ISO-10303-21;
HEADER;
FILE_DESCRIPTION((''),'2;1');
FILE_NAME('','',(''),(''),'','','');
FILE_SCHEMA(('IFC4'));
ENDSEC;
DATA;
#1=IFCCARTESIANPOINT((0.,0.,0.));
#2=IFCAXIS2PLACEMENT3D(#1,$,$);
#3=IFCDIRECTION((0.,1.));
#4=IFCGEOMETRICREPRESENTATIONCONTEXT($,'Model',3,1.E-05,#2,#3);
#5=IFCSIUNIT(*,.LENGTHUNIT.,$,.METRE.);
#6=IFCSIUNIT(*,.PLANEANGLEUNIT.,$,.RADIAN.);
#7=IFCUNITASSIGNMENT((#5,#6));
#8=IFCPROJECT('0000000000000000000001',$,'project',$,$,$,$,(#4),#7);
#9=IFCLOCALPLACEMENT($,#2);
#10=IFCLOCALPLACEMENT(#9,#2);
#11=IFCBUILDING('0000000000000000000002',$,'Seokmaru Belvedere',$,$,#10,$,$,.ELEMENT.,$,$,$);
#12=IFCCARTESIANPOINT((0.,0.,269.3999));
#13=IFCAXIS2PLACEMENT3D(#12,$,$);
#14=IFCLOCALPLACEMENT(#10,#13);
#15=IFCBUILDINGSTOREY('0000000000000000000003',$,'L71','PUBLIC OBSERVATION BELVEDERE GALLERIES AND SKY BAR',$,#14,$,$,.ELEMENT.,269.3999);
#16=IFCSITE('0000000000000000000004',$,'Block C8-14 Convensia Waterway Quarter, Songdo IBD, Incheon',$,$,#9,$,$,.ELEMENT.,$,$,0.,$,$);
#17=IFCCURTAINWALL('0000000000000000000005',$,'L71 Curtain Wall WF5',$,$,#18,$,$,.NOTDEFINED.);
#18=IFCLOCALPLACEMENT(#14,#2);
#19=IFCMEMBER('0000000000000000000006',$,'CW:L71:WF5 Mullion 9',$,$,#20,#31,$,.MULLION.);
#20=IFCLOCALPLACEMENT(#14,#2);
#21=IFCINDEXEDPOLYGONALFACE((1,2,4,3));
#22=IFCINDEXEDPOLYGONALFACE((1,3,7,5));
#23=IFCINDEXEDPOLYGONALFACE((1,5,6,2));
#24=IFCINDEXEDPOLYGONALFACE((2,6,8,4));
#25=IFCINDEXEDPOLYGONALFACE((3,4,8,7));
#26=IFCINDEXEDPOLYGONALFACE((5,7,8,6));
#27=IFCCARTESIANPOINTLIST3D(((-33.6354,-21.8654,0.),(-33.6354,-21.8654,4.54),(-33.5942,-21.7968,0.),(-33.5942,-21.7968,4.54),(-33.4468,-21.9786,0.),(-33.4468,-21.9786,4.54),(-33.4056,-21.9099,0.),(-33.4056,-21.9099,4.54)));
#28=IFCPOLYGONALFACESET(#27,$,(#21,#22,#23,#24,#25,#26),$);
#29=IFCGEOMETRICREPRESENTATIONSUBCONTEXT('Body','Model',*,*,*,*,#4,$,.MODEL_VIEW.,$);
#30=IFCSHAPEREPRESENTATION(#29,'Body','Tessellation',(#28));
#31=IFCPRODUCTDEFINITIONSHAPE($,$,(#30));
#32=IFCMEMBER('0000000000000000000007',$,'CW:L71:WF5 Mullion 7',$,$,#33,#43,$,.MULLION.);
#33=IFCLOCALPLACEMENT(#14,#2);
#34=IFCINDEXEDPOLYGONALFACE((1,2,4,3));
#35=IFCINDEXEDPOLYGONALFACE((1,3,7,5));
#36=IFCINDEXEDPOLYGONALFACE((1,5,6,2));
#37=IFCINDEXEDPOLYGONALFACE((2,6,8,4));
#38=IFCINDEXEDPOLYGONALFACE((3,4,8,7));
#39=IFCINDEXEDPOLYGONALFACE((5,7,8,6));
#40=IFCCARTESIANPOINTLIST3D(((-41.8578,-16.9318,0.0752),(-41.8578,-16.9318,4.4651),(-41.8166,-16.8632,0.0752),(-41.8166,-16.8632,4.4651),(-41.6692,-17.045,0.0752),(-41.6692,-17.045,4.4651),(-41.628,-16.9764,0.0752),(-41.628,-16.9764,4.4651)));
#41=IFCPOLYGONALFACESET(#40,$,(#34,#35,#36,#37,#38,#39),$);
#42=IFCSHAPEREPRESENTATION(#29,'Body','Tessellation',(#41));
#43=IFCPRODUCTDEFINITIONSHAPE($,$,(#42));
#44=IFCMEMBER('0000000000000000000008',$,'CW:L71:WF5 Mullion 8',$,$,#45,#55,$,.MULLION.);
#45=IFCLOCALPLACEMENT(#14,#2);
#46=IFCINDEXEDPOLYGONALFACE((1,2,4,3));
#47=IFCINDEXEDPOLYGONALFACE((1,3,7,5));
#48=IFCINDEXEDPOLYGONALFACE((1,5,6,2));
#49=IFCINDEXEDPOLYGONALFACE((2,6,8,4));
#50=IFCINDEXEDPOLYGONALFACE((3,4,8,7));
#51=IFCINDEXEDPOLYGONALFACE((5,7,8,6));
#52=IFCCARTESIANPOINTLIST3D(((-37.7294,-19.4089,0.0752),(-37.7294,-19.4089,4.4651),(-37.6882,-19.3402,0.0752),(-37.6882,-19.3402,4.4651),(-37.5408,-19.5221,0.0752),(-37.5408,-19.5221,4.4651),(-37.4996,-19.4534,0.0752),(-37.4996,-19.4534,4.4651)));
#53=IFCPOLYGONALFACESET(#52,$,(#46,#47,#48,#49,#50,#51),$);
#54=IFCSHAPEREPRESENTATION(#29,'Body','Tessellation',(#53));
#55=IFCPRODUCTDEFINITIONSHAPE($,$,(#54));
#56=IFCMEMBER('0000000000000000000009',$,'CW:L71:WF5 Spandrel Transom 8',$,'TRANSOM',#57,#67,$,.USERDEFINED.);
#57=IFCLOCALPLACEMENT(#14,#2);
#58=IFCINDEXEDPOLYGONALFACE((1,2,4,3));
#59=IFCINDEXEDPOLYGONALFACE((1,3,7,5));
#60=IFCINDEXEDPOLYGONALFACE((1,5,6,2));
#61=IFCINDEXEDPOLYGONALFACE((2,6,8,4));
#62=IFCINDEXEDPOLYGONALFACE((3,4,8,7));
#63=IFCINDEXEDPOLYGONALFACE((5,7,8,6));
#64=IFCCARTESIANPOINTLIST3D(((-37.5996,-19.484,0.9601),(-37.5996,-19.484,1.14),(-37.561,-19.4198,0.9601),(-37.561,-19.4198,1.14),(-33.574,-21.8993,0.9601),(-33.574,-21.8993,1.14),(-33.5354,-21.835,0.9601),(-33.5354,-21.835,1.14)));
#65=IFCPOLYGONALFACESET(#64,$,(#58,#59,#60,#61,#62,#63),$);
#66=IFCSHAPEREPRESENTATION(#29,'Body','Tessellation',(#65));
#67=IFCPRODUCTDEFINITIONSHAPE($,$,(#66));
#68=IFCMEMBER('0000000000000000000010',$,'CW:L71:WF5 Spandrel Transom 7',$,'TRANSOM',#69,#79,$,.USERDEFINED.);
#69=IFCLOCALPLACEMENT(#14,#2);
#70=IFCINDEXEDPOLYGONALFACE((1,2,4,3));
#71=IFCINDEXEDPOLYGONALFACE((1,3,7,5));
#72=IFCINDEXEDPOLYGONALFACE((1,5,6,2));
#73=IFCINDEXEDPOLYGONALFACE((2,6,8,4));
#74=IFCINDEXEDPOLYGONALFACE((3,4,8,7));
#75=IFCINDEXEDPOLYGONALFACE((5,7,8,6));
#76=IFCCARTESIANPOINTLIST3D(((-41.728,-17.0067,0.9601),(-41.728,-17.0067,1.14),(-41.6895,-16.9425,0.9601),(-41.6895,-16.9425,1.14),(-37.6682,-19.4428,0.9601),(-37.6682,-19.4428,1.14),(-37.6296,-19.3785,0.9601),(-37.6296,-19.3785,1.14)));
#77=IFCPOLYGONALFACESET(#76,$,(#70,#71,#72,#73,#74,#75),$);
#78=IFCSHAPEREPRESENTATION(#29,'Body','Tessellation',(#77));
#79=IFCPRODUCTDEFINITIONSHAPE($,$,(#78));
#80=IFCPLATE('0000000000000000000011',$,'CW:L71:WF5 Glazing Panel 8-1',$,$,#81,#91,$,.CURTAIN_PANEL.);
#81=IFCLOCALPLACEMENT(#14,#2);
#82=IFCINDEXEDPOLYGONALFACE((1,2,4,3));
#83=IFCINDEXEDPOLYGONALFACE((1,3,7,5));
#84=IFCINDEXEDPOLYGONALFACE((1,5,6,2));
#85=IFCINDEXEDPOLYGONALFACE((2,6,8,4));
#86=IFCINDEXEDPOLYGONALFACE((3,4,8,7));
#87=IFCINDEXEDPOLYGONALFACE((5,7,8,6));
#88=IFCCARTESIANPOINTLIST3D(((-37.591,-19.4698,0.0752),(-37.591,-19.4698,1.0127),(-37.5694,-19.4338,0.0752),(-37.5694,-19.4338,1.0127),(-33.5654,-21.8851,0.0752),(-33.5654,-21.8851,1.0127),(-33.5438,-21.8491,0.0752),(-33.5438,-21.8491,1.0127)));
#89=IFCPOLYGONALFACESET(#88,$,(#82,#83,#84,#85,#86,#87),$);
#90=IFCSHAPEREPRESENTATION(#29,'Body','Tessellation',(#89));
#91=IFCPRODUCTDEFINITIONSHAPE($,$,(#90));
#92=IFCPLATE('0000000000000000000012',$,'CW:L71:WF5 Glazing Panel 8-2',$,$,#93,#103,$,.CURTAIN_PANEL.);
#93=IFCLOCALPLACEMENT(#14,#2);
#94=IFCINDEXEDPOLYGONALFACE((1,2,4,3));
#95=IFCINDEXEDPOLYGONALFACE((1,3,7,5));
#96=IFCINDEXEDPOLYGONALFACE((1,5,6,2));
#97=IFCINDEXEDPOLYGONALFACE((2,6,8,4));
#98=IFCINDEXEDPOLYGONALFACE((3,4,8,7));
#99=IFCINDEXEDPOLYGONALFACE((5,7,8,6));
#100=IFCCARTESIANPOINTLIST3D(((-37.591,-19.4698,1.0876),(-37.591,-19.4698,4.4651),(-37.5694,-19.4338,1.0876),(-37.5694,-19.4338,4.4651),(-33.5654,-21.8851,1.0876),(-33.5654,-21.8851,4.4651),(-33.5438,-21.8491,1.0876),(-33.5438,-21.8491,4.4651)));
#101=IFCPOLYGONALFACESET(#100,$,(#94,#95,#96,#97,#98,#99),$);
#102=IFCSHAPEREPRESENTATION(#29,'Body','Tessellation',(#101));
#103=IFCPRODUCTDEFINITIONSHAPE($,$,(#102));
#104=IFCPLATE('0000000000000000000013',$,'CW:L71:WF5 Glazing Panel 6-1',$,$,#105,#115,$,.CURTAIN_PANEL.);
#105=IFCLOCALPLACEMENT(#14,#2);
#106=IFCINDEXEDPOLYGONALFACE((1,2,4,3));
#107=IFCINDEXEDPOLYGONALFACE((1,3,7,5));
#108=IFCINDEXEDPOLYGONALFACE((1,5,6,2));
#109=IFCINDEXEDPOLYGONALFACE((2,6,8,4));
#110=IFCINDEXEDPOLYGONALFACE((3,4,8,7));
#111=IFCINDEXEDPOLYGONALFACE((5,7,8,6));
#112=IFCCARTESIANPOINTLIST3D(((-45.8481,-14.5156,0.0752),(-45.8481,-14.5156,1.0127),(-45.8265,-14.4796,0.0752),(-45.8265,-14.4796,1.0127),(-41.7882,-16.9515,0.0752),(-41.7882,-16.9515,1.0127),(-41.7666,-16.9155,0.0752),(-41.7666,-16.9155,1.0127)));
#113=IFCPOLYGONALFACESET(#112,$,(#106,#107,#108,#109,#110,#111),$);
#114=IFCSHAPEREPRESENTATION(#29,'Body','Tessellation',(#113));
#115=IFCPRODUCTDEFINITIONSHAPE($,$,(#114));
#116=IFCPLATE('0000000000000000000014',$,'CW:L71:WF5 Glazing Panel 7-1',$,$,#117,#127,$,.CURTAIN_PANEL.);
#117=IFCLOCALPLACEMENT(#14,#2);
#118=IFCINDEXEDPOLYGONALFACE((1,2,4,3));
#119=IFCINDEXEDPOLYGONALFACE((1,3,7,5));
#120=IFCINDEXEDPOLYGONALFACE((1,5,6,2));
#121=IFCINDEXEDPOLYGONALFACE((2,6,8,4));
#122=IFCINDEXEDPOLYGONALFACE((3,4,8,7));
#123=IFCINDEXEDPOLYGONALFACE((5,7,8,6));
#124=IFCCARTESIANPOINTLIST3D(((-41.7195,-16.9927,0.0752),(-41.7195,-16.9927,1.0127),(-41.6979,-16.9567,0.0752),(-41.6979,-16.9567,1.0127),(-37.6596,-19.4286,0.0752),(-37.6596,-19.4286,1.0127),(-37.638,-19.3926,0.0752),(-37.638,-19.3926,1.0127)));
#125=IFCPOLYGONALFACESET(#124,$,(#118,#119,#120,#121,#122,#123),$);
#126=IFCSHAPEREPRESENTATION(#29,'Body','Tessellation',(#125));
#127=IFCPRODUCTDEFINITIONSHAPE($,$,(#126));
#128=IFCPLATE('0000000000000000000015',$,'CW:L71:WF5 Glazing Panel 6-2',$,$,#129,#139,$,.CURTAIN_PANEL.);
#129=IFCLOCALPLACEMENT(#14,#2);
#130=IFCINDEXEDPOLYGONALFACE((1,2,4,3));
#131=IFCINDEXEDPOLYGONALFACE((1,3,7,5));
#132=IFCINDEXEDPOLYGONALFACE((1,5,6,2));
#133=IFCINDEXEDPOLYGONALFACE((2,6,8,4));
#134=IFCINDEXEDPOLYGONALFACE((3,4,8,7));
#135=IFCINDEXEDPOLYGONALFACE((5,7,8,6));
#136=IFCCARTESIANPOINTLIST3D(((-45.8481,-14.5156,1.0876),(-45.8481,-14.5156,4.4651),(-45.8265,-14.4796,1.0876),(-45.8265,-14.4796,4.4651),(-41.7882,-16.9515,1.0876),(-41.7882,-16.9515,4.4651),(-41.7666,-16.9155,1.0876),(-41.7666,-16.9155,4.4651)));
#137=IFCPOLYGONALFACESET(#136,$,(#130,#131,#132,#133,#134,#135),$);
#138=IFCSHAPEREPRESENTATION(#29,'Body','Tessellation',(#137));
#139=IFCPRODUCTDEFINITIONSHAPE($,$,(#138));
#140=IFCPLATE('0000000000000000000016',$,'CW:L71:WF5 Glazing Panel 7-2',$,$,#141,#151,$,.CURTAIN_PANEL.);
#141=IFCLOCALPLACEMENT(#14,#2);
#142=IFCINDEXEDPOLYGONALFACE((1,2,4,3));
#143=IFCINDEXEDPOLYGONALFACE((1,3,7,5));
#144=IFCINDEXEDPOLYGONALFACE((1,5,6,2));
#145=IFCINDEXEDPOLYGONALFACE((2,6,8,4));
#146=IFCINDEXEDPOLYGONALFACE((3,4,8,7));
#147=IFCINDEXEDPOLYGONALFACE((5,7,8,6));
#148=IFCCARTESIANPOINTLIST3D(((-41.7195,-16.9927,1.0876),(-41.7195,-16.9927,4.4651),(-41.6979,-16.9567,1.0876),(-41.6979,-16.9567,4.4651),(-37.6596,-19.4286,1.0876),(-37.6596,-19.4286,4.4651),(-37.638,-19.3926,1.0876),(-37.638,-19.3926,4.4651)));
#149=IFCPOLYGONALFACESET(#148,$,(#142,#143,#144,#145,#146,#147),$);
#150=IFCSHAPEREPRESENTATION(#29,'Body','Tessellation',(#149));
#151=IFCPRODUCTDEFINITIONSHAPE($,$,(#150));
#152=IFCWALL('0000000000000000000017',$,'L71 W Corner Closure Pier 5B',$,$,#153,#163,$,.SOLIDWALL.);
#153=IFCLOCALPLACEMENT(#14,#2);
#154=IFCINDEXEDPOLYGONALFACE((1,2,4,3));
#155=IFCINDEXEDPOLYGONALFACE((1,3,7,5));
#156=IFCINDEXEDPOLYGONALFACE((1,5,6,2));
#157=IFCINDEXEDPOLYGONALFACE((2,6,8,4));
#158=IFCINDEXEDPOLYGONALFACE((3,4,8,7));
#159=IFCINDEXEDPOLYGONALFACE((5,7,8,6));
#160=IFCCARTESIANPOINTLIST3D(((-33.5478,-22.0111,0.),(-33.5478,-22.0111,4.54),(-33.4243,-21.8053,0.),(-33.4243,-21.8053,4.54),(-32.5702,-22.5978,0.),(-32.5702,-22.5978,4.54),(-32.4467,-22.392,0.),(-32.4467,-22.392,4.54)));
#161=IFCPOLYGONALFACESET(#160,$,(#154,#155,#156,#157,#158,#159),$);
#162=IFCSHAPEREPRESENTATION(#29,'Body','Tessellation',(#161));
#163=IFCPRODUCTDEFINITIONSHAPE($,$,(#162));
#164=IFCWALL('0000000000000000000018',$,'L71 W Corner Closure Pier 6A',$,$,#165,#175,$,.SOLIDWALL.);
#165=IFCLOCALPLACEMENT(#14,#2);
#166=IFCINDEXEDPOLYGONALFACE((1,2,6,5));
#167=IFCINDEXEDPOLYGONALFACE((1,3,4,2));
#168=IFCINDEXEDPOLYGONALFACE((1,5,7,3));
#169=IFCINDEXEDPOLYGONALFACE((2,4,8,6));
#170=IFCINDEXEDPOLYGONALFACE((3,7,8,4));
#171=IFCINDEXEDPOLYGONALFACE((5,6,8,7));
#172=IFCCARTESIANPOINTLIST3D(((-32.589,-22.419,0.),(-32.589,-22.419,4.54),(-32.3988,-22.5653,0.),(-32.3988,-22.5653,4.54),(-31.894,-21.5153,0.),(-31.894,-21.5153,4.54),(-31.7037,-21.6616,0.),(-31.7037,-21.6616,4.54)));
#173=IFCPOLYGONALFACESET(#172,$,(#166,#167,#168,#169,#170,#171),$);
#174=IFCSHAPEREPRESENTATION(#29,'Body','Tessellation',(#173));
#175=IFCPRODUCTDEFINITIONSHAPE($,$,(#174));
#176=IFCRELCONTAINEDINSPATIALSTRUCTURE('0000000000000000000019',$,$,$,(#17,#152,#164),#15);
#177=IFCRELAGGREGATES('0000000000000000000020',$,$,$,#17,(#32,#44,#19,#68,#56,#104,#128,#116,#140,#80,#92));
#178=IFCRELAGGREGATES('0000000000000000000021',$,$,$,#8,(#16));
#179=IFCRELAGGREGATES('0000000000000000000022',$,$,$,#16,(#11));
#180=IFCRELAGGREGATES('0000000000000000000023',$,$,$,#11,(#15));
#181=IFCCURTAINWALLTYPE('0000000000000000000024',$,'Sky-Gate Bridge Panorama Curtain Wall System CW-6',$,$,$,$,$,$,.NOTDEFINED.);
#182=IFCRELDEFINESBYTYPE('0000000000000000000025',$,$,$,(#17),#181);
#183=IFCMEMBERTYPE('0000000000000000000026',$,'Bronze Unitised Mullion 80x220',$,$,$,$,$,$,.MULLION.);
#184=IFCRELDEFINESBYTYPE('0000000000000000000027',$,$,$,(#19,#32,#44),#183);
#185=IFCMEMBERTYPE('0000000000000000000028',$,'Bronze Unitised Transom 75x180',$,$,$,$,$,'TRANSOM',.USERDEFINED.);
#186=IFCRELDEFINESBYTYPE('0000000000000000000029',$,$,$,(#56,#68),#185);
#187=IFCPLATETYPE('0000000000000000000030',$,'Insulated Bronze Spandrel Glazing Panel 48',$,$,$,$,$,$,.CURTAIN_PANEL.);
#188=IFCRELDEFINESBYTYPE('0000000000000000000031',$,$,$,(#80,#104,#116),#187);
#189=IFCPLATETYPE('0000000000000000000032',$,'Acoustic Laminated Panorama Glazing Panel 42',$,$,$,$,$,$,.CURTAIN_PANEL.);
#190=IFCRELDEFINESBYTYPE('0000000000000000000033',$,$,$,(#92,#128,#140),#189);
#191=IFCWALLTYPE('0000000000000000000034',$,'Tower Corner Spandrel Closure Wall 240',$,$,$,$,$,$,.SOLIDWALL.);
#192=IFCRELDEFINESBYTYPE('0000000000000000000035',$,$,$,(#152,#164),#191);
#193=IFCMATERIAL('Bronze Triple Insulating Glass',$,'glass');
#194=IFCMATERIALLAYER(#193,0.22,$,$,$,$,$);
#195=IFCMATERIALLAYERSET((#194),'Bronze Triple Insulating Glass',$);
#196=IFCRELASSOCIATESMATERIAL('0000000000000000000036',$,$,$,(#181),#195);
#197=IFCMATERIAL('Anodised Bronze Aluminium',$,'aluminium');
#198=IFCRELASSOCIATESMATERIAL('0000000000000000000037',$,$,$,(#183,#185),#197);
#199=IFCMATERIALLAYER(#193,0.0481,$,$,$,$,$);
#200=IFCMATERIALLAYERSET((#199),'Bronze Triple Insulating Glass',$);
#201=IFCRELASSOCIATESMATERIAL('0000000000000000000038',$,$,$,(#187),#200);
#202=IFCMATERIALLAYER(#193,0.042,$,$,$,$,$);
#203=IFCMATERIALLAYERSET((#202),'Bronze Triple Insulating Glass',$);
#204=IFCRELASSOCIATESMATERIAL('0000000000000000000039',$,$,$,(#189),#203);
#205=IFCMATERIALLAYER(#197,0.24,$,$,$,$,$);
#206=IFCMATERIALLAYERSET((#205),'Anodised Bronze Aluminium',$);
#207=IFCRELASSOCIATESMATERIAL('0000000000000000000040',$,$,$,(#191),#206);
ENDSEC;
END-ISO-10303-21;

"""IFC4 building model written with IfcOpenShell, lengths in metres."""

from ifc_helpers import new_model, si_unit, direction, frame, frame_2d, origin, origin_2d, place, context, subcontext, project, spatial, rectangle, extrude, source, transform, mapped, material, layer, layer_set, material_profile, profile_set, type_object, type_shapes, element, aggregate, save


model = new_model("IFC4")

# Units and contexts
model_context = context("Model", 3, precision=1e-05, world=origin(), true_north=direction((0.0, 1.0)))
body_context = subcontext(model_context, "Body", "Model", "MODEL_VIEW")
ifc_project = project(units=[si_unit("LENGTHUNIT", "METRE"), si_unit("PLANEANGLEUNIT", "RADIAN")], contexts=[model_context])

# Site, building, storey
site_placement = place(None, origin())
site = spatial("IfcSite", under=ifc_project, at=site_placement, Name="Block C8-14 Convensia Waterway Quarter, Songdo IBD, Incheon", CompositionType="ELEMENT", RefElevation=0.0)
building_placement = place(site_placement, origin())
building = spatial("IfcBuilding", under=site, at=building_placement, Name="Seokmaru Belvedere", CompositionType="ELEMENT")
storey_placement = place(building_placement, frame((0.0, 0.0, 269.3999)))
storey = spatial("IfcBuildingStorey", under=building, at=storey_placement, Name="L71", Description="PUBLIC OBSERVATION BELVEDERE GALLERIES AND SKY BAR", CompositionType="ELEMENT", Elevation=269.3999)

# Curtain wall, members, plates
ifc_material_1 = material(Name="Bronze Triple Insulating Glass", Category="glass")
ifc_layer_1 = layer(ifc_material_1, 0.22)
ifc_layer_set_1 = layer_set([ifc_layer_1], Name="Bronze Triple Insulating Glass")
curtain_wall_type = type_object("IfcCurtainWallType", Name="Sky-Gate Bridge Panorama Curtain Wall System CW-6", PredefinedType="NOTDEFINED", material=ifc_layer_set_1)
curtain_wall_placement = place(storey_placement, origin())
curtain_wall = element("IfcCurtainWall", 1, at=curtain_wall_placement, inside=storey, type_object=curtain_wall_type, Name="L71 Curtain Wall WF5", PredefinedType="NOTDEFINED")
ifc_material_2 = material(Name="Anodised Bronze Aluminium", Category="aluminium")
ifc_material_profile_1 = material_profile(ifc_material_2, rectangle(XDim=0.0801, YDim=0.22, at=origin_2d()), Name="CW-M-80x220")
ifc_profile_set_1 = profile_set([ifc_material_profile_1], Name="Anodised Bronze Aluminium")
member_type_1 = type_object("IfcMemberType", Name="Bronze Unitised Mullion 80x220", PredefinedType="MULLION", material=ifc_profile_set_1)
shared_shape_1 = source(origin(), body_context, "Body", "SweptSolid", [
    extrude(rectangle(XDim=0.0801, YDim=0.22, at=origin_2d()), origin(), (0.0, 0.0, 1.0), 4.54),
])
member_1_placement = place(storey_placement, frame((-33.5205, -21.8877, 0.0), z_axis=(0.0, 0.0, 1.0), x_axis=(0.514495, 0.857493, 0.0)))
member_1 = element("IfcMember", 2, at=member_1_placement, type_object=member_type_1, Name="CW:L71:WF5 Mullion 9", PredefinedType="MULLION", context=body_context, shape_type="MappedRepresentation", body=[
    mapped(shared_shape_1, transform((0.0, 0.0, 0.0), scale=1.0)),
])
shared_shape_2 = source(origin(), body_context, "Body", "SweptSolid", [
    extrude(rectangle(XDim=0.0801, YDim=0.22, at=origin_2d()), origin(), (0.0, 0.0, 1.0), 4.3899),
])
type_shapes(member_type_1, [shared_shape_1, shared_shape_2])
member_2_placement = place(storey_placement, frame((-41.7429, -16.9541, 0.0752), z_axis=(0.0, 0.0, 1.0), x_axis=(0.514495, 0.857493, 0.0)))
member_2 = element("IfcMember", 3, at=member_2_placement, type_object=member_type_1, Name="CW:L71:WF5 Mullion 7", PredefinedType="MULLION", context=body_context, shape_type="MappedRepresentation", body=[
    mapped(shared_shape_2, transform((0.0, 0.0, 0.0), scale=1.0)),
])
member_3_placement = place(storey_placement, frame((-37.6145, -19.4312, 0.0752), z_axis=(0.0, 0.0, 1.0), x_axis=(0.514495, 0.857493, 0.0)))
member_3 = element("IfcMember", 4, at=member_3_placement, type_object=member_type_1, Name="CW:L71:WF5 Mullion 8", PredefinedType="MULLION", context=body_context, shape_type="MappedRepresentation", body=[
    mapped(shared_shape_2, transform((0.0, 0.0, 0.0), scale=1.0)),
])
ifc_material_profile_2 = material_profile(ifc_material_2, rectangle(XDim=0.075, YDim=0.1799, at=origin_2d()), Name="CW-T-75x180")
ifc_profile_set_2 = profile_set([ifc_material_profile_2], Name="Anodised Bronze Aluminium")
member_type_2 = type_object("IfcMemberType", Name="Bronze Unitised Transom 75x180", ElementType="TRANSOM", PredefinedType="USERDEFINED", material=ifc_profile_set_2)
shared_shape_3 = source(origin(), body_context, "Body", "SweptSolid", [
    extrude(rectangle(XDim=0.075, YDim=0.1799, at=origin_2d()), origin(), (0.0, 0.0, 1.0), 4.6946),
])
member_4_placement = place(storey_placement, frame((-37.5803, -19.4519, 1.05), z_axis=(0.857502, -0.51448, 0.0), x_axis=(0.51448, 0.857502, 0.0)))
member_4 = element("IfcMember", 5, at=member_4_placement, type_object=member_type_2, Name="CW:L71:WF5 Spandrel Transom 8", ObjectType="TRANSOM", PredefinedType="USERDEFINED", context=body_context, shape_type="MappedRepresentation", body=[
    mapped(shared_shape_3, transform((0.0, 0.0, 0.0), scale=1.0)),
])
shared_shape_4 = source(origin(), body_context, "Body", "SweptSolid", [
    extrude(rectangle(XDim=0.075, YDim=0.1799, at=origin_2d()), origin(), (0.0, 0.0, 1.0), 4.7346),
])
type_shapes(member_type_2, [shared_shape_3, shared_shape_4])
member_5_placement = place(storey_placement, frame((-41.7087, -16.9746, 1.05), z_axis=(0.857479, -0.514519, 0.0), x_axis=(0.514519, 0.857479, 0.0)))
member_5 = element("IfcMember", 6, at=member_5_placement, type_object=member_type_2, Name="CW:L71:WF5 Spandrel Transom 7", ObjectType="TRANSOM", PredefinedType="USERDEFINED", context=body_context, shape_type="MappedRepresentation", body=[
    mapped(shared_shape_4, transform((0.0, 0.0, 0.0), scale=1.0)),
])
ifc_layer_2 = layer(ifc_material_1, 0.0481)
ifc_layer_set_2 = layer_set([ifc_layer_2], Name="Bronze Triple Insulating Glass")
plate_type_1 = type_object("IfcPlateType", Name="Insulated Bronze Spandrel Glazing Panel 48", PredefinedType="CURTAIN_PANEL", material=ifc_layer_set_2)
shared_shape_5 = source(origin(), body_context, "Body", "SweptSolid", [
    extrude(rectangle(XDim=4.6946, YDim=0.042, at=origin_2d()), origin(), (0.0, 0.0, 1.0), 0.9375),
])
plate_1_placement = place(storey_placement, frame((-35.5674, -20.6594, 0.0752), z_axis=(0.0, 0.0, 1.0), x_axis=(0.857493, -0.514495, 0.0)))
plate_1 = element("IfcPlate", 7, at=plate_1_placement, type_object=plate_type_1, Name="CW:L71:WF5 Glazing Panel 8-1", PredefinedType="CURTAIN_PANEL", context=body_context, shape_type="MappedRepresentation", body=[
    mapped(shared_shape_5, transform((0.0, 0.0, 0.0), scale=1.0)),
])
ifc_layer_3 = layer(ifc_material_1, 0.042)
ifc_layer_set_3 = layer_set([ifc_layer_3], Name="Bronze Triple Insulating Glass")
plate_type_2 = type_object("IfcPlateType", Name="Acoustic Laminated Panorama Glazing Panel 42", PredefinedType="CURTAIN_PANEL", material=ifc_layer_set_3)
shared_shape_6 = source(origin(), body_context, "Body", "SweptSolid", [
    extrude(rectangle(XDim=4.6946, YDim=0.042, at=origin_2d()), origin(), (0.0, 0.0, 1.0), 3.3774),
])
plate_2_placement = place(storey_placement, frame((-35.5674, -20.6594, 1.0876), z_axis=(0.0, 0.0, 1.0), x_axis=(0.857493, -0.514495, 0.0)))
plate_2 = element("IfcPlate", 8, at=plate_2_placement, type_object=plate_type_2, Name="CW:L71:WF5 Glazing Panel 8-2", PredefinedType="CURTAIN_PANEL", context=body_context, shape_type="MappedRepresentation", body=[
    mapped(shared_shape_6, transform((0.0, 0.0, 0.0), scale=1.0)),
])
shared_shape_7 = source(origin(), body_context, "Body", "SweptSolid", [
    extrude(rectangle(XDim=4.7346, YDim=0.042, at=origin_2d()), origin(), (0.0, 0.0, 1.0), 0.9375),
])
type_shapes(plate_type_1, [shared_shape_5, shared_shape_7])
plate_3_placement = place(storey_placement, frame((-43.8074, -15.7156, 0.0752), z_axis=(0.0, 0.0, 1.0), x_axis=(0.857493, -0.514495, 0.0)))
plate_3 = element("IfcPlate", 9, at=plate_3_placement, type_object=plate_type_1, Name="CW:L71:WF5 Glazing Panel 6-1", PredefinedType="CURTAIN_PANEL", context=body_context, shape_type="MappedRepresentation", body=[
    mapped(shared_shape_7, transform((0.0, 0.0, 0.0), scale=1.0)),
])
plate_4_placement = place(storey_placement, frame((-39.6787, -18.1926, 0.0752), z_axis=(0.0, 0.0, 1.0), x_axis=(0.857493, -0.514495, 0.0)))
plate_4 = element("IfcPlate", 10, at=plate_4_placement, type_object=plate_type_1, Name="CW:L71:WF5 Glazing Panel 7-1", PredefinedType="CURTAIN_PANEL", context=body_context, shape_type="MappedRepresentation", body=[
    mapped(shared_shape_7, transform((0.0, 0.0, 0.0), scale=1.0)),
])
shared_shape_8 = source(origin(), body_context, "Body", "SweptSolid", [
    extrude(rectangle(XDim=4.7346, YDim=0.042, at=origin_2d()), origin(), (0.0, 0.0, 1.0), 3.3774),
])
type_shapes(plate_type_2, [shared_shape_6, shared_shape_8])
plate_5_placement = place(storey_placement, frame((-43.8074, -15.7156, 1.0876), z_axis=(0.0, 0.0, 1.0), x_axis=(0.857493, -0.514495, 0.0)))
plate_5 = element("IfcPlate", 11, at=plate_5_placement, type_object=plate_type_2, Name="CW:L71:WF5 Glazing Panel 6-2", PredefinedType="CURTAIN_PANEL", context=body_context, shape_type="MappedRepresentation", body=[
    mapped(shared_shape_8, transform((0.0, 0.0, 0.0), scale=1.0)),
])
plate_6_placement = place(storey_placement, frame((-39.6787, -18.1926, 1.0876), z_axis=(0.0, 0.0, 1.0), x_axis=(0.857493, -0.514495, 0.0)))
plate_6 = element("IfcPlate", 12, at=plate_6_placement, type_object=plate_type_2, Name="CW:L71:WF5 Glazing Panel 7-2", PredefinedType="CURTAIN_PANEL", context=body_context, shape_type="MappedRepresentation", body=[
    mapped(shared_shape_8, transform((0.0, 0.0, 0.0), scale=1.0)),
])
aggregate(curtain_wall, [member_2, member_3, member_1, member_5, member_4, plate_3, plate_5, plate_4, plate_6, plate_1, plate_2])

# Walls
ifc_layer_4 = layer(ifc_material_2, 0.24)
ifc_layer_set_4 = layer_set([ifc_layer_4], Name="Anodised Bronze Aluminium")
wall_type_1 = type_object("IfcWallType", Name="Tower Corner Spandrel Closure Wall 240", PredefinedType="SOLIDWALL", material=ifc_layer_set_4)
for number, where, z_axis, x_axis, name in (
    (13, (-33.4861, -21.9082, 0.0), (0.0, 0.0, 1.0), (0.857436, -0.51459, 0.0), "L71 W Corner Closure Pier 5B"),
    (14, (-32.4939, -22.4922, 0.0), (0.0, 0.0, 1.0), (0.609618, 0.792696, 0.0), "L71 W Corner Closure Pier 6A"),
):
    element("IfcWall", number, at=place(storey_placement, frame(where, z_axis=z_axis, x_axis=x_axis)), inside=storey, type_object=wall_type_1, Name=name, PredefinedType="SOLIDWALL", context=body_context, shape_type="SweptSolid", body=[
        extrude(rectangle(XDim=1.1401, YDim=0.24, at=frame_2d((0.5701, 0.0))), origin(), (0.0, 0.0, 1.0), 4.54),
    ])

save(model, "model.ifc")
